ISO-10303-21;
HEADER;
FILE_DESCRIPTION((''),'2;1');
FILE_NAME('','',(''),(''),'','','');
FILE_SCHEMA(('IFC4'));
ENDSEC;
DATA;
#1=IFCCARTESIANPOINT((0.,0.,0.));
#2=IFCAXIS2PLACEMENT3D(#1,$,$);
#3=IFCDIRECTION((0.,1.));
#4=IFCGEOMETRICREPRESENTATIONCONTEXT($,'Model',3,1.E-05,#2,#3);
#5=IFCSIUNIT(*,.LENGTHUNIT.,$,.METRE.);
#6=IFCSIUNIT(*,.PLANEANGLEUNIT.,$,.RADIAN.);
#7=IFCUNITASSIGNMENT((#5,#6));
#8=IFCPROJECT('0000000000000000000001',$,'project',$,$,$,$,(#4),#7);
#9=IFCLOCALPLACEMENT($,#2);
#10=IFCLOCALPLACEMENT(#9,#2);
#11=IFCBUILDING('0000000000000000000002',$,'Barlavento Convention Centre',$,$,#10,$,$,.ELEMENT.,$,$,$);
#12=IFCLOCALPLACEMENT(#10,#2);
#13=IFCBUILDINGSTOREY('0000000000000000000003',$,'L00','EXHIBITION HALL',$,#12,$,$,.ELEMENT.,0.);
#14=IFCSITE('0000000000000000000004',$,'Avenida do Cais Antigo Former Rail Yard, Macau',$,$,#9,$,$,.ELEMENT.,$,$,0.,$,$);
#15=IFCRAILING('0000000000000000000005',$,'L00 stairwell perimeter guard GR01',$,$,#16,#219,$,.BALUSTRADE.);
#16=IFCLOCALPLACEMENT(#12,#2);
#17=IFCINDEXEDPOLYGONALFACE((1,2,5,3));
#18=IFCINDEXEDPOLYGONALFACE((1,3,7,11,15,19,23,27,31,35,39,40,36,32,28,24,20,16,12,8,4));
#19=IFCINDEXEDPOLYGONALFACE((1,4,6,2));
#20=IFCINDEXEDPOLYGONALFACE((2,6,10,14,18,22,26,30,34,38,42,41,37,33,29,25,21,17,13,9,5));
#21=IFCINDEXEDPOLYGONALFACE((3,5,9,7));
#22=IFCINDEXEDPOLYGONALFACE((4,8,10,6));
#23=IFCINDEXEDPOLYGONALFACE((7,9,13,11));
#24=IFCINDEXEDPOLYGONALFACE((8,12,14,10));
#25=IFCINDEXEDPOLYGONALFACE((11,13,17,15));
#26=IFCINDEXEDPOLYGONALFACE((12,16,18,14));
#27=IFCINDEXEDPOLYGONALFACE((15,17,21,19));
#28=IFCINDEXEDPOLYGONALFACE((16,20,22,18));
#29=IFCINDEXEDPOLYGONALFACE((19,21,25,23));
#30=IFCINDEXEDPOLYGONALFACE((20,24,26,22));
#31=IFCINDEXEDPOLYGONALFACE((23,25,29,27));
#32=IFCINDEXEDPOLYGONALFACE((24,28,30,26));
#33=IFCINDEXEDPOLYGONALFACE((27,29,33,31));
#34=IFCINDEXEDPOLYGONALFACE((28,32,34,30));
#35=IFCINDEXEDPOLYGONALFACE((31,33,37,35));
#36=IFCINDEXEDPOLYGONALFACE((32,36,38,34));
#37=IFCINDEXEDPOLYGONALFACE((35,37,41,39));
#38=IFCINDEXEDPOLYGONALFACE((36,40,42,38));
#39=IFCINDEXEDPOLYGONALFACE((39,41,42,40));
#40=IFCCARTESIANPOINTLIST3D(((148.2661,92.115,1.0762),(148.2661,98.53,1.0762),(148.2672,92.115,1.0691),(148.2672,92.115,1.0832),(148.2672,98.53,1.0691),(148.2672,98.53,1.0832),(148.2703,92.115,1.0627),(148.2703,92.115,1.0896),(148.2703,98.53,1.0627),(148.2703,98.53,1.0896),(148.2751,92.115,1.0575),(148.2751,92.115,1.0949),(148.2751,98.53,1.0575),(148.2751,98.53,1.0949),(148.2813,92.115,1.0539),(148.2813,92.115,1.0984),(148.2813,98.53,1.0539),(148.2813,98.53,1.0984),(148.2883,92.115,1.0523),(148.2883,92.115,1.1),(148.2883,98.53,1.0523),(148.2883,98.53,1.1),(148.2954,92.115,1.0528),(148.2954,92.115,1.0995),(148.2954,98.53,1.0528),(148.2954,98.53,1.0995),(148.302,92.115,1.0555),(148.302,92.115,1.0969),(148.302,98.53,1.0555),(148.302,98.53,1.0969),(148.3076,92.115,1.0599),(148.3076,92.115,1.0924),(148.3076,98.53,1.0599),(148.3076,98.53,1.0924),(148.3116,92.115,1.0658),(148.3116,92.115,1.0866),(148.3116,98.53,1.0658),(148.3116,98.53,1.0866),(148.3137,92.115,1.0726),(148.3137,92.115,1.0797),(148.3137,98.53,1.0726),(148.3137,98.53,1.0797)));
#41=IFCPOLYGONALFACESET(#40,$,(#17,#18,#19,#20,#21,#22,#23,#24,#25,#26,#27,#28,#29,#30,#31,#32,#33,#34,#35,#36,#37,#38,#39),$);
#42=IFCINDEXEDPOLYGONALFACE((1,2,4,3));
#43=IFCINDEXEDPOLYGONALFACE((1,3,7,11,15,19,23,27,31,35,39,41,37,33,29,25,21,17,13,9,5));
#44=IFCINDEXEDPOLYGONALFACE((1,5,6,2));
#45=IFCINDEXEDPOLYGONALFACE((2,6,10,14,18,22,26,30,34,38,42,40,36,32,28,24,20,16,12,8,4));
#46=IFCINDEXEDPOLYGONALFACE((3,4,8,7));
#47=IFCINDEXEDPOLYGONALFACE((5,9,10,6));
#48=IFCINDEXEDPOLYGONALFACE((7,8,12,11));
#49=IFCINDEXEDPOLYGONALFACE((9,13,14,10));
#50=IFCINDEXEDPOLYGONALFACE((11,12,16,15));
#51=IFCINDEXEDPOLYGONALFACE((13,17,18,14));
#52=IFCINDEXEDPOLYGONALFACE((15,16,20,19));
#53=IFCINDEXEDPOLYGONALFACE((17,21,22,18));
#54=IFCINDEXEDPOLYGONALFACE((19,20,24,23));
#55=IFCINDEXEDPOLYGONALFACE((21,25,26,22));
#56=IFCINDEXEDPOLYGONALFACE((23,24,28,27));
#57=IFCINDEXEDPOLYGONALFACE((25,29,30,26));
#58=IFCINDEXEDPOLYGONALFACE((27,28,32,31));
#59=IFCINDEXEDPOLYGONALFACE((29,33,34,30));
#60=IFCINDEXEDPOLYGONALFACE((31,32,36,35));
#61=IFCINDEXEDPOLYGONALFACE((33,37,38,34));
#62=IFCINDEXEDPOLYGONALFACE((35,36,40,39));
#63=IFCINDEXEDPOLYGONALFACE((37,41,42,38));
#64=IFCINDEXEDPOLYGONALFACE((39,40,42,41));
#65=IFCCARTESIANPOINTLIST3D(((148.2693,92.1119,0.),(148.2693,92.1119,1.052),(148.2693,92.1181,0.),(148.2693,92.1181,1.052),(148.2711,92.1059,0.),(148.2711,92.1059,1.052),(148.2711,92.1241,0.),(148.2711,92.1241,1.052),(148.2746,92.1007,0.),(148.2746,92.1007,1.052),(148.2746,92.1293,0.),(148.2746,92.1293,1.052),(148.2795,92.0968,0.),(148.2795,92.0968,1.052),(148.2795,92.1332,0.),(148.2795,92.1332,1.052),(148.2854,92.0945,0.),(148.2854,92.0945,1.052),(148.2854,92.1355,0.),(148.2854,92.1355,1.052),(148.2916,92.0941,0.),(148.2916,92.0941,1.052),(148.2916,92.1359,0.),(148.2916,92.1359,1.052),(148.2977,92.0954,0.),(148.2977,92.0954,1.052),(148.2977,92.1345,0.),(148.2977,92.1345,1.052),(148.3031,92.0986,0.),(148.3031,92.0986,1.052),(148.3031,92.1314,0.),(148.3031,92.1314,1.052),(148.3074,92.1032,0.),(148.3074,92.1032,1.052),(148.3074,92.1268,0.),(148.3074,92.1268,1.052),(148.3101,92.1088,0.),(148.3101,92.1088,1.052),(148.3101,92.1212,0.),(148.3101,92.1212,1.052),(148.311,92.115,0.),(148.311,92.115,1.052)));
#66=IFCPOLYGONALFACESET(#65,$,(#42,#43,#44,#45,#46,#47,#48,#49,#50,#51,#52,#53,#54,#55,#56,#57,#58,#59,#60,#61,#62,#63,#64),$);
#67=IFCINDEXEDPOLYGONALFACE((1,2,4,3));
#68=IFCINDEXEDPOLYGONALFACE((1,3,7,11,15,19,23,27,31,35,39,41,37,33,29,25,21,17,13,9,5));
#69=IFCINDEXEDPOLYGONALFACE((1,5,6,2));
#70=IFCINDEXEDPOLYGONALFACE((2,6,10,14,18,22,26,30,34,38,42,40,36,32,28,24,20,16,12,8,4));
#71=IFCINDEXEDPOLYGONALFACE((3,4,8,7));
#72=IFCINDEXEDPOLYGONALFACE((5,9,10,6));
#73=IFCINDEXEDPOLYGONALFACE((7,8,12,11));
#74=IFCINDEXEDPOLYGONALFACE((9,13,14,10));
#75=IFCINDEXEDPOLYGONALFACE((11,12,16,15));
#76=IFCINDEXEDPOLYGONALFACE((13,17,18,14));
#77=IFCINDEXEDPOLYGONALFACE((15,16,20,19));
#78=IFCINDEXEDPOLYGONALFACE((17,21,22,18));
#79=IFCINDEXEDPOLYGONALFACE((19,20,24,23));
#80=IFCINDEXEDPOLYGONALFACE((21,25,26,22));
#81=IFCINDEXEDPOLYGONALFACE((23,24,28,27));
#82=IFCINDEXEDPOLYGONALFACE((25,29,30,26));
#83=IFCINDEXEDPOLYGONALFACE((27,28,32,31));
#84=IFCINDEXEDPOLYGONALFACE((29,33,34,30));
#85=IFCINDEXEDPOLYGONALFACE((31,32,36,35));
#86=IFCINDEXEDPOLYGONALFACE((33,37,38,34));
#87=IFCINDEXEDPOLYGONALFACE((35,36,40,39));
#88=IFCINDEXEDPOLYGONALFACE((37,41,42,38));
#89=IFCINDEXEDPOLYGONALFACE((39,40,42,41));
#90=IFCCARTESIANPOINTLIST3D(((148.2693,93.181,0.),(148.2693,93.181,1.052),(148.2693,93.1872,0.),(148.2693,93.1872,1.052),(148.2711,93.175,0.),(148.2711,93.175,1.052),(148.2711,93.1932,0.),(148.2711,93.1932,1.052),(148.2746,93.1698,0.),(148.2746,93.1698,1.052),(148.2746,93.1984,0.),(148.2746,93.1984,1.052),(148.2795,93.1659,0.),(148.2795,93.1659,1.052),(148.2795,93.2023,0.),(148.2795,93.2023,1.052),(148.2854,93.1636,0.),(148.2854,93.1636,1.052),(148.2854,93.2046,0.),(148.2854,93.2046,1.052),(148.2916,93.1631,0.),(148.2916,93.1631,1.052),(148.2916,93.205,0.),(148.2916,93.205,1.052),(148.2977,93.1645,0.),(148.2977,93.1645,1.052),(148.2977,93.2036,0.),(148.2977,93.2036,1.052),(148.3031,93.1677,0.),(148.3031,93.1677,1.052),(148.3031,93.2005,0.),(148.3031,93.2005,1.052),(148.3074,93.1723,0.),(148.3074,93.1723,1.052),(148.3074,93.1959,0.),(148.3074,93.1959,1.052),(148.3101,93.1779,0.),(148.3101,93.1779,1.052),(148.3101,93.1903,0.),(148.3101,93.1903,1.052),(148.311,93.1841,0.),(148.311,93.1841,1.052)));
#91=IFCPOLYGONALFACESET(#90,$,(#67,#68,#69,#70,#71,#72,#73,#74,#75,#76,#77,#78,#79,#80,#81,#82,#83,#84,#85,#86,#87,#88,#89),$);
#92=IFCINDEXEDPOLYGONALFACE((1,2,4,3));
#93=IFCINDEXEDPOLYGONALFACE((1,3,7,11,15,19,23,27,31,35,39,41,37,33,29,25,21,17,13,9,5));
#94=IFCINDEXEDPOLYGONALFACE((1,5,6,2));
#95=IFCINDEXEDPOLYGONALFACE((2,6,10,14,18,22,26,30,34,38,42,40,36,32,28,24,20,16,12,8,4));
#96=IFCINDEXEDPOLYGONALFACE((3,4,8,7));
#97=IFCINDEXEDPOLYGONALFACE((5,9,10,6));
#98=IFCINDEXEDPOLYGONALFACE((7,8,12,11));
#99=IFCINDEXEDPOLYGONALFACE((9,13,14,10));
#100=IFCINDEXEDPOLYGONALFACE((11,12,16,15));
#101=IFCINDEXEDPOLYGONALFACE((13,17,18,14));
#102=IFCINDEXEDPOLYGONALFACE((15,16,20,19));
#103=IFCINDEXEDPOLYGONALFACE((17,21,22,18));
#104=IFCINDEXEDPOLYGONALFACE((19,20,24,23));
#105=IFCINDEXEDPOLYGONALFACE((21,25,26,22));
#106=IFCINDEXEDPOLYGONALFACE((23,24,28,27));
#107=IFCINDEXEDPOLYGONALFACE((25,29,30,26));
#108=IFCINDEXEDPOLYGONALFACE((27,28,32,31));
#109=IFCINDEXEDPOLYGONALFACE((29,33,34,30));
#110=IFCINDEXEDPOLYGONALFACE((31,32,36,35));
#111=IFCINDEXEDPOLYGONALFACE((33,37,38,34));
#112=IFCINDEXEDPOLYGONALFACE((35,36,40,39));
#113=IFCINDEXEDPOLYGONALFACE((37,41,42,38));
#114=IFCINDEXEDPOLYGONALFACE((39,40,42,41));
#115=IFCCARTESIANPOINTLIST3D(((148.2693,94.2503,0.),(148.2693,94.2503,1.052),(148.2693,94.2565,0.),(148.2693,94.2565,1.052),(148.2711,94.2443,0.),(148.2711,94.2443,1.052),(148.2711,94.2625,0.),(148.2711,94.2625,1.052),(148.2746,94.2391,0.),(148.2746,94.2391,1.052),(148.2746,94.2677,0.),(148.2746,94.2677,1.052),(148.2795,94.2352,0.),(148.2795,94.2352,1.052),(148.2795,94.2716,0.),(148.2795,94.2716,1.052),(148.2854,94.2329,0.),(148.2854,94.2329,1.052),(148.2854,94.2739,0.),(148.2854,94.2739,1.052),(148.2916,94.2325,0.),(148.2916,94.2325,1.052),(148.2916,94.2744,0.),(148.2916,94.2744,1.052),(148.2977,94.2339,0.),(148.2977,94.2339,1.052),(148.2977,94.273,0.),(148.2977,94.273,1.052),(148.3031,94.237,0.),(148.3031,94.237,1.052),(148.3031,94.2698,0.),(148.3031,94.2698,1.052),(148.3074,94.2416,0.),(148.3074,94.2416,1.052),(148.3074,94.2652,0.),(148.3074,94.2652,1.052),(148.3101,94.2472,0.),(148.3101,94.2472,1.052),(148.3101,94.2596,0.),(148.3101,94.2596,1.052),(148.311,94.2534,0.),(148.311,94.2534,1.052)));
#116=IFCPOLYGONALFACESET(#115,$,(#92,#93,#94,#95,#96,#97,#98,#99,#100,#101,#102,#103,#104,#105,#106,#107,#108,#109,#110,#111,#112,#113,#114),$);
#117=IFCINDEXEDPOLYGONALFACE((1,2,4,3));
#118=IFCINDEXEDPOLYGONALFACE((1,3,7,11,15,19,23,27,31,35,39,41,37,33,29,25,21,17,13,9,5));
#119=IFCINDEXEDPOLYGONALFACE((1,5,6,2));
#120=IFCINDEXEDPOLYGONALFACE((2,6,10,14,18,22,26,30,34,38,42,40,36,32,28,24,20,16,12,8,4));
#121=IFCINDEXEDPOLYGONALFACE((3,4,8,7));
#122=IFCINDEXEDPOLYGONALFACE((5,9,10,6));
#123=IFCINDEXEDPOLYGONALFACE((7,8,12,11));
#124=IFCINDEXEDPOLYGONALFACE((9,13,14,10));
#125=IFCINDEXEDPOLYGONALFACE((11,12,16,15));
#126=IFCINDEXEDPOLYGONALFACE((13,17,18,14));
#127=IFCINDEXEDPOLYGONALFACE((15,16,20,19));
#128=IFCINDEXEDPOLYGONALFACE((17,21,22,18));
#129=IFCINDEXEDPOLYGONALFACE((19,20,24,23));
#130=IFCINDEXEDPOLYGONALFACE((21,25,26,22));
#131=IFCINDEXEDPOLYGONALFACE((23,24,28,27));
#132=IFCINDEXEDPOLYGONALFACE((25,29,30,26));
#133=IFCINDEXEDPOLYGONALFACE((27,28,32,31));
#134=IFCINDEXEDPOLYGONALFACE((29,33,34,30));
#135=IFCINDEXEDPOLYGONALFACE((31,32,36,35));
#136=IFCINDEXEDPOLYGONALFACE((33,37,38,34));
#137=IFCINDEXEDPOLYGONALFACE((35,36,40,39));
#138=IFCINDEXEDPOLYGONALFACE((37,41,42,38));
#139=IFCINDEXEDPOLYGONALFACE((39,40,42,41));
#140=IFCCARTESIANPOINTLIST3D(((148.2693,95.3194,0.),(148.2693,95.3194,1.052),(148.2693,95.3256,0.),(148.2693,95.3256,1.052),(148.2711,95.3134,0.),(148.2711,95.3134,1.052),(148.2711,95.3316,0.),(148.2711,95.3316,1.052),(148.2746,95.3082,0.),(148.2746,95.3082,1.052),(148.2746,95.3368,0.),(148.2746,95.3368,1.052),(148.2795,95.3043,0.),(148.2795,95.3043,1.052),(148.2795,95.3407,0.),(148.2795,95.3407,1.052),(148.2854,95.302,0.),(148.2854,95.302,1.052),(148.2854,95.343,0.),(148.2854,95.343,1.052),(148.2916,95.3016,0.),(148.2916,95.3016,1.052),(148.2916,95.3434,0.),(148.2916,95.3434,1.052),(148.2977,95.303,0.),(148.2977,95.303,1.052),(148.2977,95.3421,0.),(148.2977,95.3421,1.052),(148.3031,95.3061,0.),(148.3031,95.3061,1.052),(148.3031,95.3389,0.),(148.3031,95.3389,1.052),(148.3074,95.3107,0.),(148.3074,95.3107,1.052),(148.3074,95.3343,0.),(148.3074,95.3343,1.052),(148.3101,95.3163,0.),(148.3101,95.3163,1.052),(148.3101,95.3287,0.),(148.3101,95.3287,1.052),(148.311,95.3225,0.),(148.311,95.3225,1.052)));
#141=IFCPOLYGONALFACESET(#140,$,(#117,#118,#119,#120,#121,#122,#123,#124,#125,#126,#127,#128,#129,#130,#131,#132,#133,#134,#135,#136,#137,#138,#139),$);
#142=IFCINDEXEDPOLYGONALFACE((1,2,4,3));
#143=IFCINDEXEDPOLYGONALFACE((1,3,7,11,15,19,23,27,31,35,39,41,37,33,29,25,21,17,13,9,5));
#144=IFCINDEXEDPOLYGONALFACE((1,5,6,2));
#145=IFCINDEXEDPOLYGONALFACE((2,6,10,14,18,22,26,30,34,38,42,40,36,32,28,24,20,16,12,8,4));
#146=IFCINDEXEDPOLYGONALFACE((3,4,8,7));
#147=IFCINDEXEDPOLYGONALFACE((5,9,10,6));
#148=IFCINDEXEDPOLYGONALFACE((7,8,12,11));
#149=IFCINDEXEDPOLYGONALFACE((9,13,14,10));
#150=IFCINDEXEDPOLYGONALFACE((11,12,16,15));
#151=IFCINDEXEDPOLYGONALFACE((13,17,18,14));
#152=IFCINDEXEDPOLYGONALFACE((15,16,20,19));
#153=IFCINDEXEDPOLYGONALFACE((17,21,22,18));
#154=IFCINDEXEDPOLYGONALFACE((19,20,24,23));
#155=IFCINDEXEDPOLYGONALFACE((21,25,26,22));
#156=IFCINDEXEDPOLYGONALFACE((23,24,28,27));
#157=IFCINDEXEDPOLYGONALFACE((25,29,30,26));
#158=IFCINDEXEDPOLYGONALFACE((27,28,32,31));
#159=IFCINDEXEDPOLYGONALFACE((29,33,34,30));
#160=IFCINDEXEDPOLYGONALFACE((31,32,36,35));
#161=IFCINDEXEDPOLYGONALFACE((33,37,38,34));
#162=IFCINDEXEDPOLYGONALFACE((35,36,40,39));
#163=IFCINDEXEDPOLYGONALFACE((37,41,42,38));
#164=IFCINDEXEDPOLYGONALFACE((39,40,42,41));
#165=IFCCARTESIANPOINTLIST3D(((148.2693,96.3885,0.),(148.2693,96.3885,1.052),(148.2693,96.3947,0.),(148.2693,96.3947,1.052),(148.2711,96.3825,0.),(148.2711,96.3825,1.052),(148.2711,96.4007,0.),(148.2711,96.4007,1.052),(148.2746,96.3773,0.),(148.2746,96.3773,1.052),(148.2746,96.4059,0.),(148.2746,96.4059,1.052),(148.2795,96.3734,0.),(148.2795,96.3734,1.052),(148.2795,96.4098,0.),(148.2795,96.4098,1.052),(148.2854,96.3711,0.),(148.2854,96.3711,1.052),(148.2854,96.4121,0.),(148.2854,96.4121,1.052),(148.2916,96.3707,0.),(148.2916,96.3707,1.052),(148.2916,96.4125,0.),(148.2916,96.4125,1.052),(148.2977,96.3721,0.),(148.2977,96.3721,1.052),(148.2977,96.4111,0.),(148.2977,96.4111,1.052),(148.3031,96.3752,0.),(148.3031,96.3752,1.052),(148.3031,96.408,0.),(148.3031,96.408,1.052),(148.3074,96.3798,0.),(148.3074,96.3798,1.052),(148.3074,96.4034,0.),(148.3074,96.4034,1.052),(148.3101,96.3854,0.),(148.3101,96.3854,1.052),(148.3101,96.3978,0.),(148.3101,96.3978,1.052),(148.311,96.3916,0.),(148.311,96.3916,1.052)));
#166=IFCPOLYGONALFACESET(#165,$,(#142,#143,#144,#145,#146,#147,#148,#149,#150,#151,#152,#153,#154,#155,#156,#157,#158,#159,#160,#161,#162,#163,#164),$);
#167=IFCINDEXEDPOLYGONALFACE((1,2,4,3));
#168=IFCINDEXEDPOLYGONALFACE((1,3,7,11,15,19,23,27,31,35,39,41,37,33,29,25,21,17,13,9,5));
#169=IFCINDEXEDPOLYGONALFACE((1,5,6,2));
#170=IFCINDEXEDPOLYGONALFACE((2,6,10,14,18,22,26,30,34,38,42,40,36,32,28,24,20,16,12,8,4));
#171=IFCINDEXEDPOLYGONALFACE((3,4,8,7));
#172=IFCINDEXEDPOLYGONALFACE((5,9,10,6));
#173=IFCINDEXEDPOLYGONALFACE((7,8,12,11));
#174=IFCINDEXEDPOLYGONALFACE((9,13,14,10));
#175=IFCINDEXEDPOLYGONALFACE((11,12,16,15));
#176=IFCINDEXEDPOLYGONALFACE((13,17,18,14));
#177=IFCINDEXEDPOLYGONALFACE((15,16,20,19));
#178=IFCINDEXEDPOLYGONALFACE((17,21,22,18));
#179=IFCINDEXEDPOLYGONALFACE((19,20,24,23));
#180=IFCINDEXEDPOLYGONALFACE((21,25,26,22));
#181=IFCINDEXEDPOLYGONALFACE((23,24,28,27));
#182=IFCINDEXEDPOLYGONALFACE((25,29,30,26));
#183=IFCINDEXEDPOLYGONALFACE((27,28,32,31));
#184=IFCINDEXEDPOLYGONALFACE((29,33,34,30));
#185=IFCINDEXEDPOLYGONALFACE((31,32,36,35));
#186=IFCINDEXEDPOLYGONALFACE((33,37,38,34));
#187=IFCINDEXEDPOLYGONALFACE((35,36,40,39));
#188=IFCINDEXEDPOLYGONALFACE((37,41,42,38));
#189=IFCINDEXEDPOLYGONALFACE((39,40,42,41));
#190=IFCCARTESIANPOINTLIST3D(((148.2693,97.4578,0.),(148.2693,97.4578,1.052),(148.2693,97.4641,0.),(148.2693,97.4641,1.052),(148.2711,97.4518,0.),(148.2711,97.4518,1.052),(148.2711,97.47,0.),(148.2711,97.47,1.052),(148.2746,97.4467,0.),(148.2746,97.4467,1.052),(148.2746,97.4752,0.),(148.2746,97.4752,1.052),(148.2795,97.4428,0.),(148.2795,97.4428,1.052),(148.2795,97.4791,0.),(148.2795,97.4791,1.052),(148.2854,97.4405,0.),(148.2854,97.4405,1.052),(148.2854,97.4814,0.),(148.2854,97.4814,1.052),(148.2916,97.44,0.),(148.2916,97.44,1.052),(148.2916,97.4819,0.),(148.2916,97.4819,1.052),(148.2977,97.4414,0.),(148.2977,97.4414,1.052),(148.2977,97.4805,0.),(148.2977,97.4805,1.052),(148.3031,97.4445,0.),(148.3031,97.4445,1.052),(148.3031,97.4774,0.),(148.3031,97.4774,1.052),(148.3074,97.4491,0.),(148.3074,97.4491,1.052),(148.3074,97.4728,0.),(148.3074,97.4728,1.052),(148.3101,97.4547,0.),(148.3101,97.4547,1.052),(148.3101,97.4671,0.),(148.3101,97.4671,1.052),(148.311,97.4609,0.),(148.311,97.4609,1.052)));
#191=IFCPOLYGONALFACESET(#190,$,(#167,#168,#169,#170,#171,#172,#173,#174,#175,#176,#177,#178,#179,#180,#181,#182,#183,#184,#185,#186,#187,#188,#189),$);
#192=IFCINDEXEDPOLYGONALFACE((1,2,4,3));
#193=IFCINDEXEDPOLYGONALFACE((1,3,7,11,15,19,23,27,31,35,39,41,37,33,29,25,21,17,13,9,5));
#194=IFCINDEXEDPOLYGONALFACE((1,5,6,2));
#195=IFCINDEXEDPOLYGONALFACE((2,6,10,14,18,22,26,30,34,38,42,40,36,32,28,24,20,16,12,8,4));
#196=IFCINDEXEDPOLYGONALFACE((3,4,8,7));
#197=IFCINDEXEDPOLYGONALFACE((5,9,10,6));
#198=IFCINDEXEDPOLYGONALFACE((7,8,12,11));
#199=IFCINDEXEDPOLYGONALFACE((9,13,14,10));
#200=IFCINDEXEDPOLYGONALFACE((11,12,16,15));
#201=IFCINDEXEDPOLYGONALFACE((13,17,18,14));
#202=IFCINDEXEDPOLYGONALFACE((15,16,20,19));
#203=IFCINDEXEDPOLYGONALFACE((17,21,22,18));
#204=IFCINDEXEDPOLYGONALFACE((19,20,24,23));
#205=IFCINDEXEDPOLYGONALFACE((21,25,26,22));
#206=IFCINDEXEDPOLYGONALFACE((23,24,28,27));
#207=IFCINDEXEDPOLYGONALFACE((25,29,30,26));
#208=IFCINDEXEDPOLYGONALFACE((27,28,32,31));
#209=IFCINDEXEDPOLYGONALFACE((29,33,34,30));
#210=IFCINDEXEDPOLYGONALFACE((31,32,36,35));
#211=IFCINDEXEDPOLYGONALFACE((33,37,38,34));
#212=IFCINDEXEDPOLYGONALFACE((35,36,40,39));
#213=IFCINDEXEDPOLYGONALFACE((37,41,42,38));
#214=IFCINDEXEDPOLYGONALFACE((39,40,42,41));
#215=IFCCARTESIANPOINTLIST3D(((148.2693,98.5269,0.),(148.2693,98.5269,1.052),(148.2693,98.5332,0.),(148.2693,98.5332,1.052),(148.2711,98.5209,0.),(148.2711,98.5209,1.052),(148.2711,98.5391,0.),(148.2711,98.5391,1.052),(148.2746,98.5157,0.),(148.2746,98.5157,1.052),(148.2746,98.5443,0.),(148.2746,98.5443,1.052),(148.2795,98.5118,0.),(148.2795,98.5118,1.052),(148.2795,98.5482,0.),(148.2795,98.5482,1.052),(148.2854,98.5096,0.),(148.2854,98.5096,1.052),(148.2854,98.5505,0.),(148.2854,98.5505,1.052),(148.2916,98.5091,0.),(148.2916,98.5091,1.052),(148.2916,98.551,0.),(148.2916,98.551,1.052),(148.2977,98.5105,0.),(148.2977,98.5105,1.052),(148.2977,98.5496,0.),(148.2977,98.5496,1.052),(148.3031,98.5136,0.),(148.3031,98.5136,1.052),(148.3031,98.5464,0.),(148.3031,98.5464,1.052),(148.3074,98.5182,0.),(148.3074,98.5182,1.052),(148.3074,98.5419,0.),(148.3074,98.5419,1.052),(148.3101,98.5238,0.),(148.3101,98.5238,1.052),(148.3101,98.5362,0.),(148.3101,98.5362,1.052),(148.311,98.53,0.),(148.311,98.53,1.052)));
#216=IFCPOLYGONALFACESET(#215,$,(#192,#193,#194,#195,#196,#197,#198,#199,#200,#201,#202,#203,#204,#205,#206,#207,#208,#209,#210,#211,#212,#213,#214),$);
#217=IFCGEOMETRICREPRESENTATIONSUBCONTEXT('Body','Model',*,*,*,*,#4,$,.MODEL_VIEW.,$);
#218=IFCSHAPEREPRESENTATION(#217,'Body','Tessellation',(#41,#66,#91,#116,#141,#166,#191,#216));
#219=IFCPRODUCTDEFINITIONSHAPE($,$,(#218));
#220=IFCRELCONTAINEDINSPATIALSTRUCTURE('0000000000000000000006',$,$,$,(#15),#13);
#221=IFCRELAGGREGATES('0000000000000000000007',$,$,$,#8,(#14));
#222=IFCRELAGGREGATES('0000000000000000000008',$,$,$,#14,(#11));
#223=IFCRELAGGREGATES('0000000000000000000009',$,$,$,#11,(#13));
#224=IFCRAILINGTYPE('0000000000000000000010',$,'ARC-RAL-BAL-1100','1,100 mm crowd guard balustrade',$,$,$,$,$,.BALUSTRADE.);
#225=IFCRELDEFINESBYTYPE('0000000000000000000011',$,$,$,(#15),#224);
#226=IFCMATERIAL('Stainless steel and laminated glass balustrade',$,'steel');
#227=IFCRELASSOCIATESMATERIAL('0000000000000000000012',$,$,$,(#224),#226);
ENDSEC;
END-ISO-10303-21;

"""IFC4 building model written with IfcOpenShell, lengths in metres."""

from ifc_helpers import new_model, si_unit, direction, frame, origin, origin_2d, place, context, subcontext, project, spatial, circle, extrude, material, type_object, element, save


model = new_model("IFC4")

# Units and contexts
model_context = context("Model", 3, precision=1e-05, world=origin(), true_north=direction((0.0, 1.0)))
body_context = subcontext(model_context, "Body", "Model", "MODEL_VIEW")
ifc_project = project(units=[si_unit("LENGTHUNIT", "METRE"), si_unit("PLANEANGLEUNIT", "RADIAN")], contexts=[model_context])

# Site, building, storey
site_placement = place(None, origin())
site = spatial("IfcSite", under=ifc_project, at=site_placement, Name="Avenida do Cais Antigo Former Rail Yard, Macau", CompositionType="ELEMENT", RefElevation=0.0)
building_placement = place(site_placement, origin())
building = spatial("IfcBuilding", under=site, at=building_placement, Name="Barlavento Convention Centre", CompositionType="ELEMENT")
storey_placement = place(building_placement, origin())
storey = spatial("IfcBuildingStorey", under=building, at=storey_placement, Name="L00", Description="EXHIBITION HALL", CompositionType="ELEMENT", Elevation=0.0)

# Railing
ifc_material_1 = material(Name="Stainless steel and laminated glass balustrade", Category="steel")
railing_type_1 = type_object("IfcRailingType", Name="ARC-RAL-BAL-1100", Description="1,100 mm crowd guard balustrade", PredefinedType="BALUSTRADE", material=ifc_material_1)
railing_1_placement = place(storey_placement, frame((148.29, 92.115, 0.0)))
element("IfcRailing", 1, at=railing_1_placement, inside=storey, type_object=railing_type_1, Name="L00 stairwell perimeter guard GR01", PredefinedType="BALUSTRADE", context=body_context, shape_type="SweptSolid", body=[
    extrude(circle(Radius=0.0239, at=origin_2d()), frame((0.0, 0.0, 1.0762), z_axis=(0.0, 1.0, 0.0), x_axis=(-1.0, 0.0, 0.0)), (0.0, 0.0, 1.0), 6.415),
    extrude(circle(Radius=0.021, at=origin_2d()), origin(), (0.0, 0.0, 1.0), 1.052),
    extrude(circle(Radius=0.021, at=origin_2d()), frame((0.0, 1.0691, 0.0)), (0.0, 0.0, 1.0), 1.052),
    extrude(circle(Radius=0.021, at=origin_2d()), frame((0.0, 2.1384, 0.0)), (0.0, 0.0, 1.0), 1.052),
    extrude(circle(Radius=0.021, at=origin_2d()), frame((0.0, 3.2075, 0.0)), (0.0, 0.0, 1.0), 1.052),
    extrude(circle(Radius=0.021, at=origin_2d()), frame((0.0, 4.2766, 0.0)), (0.0, 0.0, 1.0), 1.052),
    extrude(circle(Radius=0.021, at=origin_2d()), frame((0.0, 5.3459, 0.0)), (0.0, 0.0, 1.0), 1.052),
    extrude(circle(Radius=0.021, at=origin_2d()), frame((0.0, 6.415, 0.0)), (0.0, 0.0, 1.0), 1.052),
])

save(model, "model.ifc")
